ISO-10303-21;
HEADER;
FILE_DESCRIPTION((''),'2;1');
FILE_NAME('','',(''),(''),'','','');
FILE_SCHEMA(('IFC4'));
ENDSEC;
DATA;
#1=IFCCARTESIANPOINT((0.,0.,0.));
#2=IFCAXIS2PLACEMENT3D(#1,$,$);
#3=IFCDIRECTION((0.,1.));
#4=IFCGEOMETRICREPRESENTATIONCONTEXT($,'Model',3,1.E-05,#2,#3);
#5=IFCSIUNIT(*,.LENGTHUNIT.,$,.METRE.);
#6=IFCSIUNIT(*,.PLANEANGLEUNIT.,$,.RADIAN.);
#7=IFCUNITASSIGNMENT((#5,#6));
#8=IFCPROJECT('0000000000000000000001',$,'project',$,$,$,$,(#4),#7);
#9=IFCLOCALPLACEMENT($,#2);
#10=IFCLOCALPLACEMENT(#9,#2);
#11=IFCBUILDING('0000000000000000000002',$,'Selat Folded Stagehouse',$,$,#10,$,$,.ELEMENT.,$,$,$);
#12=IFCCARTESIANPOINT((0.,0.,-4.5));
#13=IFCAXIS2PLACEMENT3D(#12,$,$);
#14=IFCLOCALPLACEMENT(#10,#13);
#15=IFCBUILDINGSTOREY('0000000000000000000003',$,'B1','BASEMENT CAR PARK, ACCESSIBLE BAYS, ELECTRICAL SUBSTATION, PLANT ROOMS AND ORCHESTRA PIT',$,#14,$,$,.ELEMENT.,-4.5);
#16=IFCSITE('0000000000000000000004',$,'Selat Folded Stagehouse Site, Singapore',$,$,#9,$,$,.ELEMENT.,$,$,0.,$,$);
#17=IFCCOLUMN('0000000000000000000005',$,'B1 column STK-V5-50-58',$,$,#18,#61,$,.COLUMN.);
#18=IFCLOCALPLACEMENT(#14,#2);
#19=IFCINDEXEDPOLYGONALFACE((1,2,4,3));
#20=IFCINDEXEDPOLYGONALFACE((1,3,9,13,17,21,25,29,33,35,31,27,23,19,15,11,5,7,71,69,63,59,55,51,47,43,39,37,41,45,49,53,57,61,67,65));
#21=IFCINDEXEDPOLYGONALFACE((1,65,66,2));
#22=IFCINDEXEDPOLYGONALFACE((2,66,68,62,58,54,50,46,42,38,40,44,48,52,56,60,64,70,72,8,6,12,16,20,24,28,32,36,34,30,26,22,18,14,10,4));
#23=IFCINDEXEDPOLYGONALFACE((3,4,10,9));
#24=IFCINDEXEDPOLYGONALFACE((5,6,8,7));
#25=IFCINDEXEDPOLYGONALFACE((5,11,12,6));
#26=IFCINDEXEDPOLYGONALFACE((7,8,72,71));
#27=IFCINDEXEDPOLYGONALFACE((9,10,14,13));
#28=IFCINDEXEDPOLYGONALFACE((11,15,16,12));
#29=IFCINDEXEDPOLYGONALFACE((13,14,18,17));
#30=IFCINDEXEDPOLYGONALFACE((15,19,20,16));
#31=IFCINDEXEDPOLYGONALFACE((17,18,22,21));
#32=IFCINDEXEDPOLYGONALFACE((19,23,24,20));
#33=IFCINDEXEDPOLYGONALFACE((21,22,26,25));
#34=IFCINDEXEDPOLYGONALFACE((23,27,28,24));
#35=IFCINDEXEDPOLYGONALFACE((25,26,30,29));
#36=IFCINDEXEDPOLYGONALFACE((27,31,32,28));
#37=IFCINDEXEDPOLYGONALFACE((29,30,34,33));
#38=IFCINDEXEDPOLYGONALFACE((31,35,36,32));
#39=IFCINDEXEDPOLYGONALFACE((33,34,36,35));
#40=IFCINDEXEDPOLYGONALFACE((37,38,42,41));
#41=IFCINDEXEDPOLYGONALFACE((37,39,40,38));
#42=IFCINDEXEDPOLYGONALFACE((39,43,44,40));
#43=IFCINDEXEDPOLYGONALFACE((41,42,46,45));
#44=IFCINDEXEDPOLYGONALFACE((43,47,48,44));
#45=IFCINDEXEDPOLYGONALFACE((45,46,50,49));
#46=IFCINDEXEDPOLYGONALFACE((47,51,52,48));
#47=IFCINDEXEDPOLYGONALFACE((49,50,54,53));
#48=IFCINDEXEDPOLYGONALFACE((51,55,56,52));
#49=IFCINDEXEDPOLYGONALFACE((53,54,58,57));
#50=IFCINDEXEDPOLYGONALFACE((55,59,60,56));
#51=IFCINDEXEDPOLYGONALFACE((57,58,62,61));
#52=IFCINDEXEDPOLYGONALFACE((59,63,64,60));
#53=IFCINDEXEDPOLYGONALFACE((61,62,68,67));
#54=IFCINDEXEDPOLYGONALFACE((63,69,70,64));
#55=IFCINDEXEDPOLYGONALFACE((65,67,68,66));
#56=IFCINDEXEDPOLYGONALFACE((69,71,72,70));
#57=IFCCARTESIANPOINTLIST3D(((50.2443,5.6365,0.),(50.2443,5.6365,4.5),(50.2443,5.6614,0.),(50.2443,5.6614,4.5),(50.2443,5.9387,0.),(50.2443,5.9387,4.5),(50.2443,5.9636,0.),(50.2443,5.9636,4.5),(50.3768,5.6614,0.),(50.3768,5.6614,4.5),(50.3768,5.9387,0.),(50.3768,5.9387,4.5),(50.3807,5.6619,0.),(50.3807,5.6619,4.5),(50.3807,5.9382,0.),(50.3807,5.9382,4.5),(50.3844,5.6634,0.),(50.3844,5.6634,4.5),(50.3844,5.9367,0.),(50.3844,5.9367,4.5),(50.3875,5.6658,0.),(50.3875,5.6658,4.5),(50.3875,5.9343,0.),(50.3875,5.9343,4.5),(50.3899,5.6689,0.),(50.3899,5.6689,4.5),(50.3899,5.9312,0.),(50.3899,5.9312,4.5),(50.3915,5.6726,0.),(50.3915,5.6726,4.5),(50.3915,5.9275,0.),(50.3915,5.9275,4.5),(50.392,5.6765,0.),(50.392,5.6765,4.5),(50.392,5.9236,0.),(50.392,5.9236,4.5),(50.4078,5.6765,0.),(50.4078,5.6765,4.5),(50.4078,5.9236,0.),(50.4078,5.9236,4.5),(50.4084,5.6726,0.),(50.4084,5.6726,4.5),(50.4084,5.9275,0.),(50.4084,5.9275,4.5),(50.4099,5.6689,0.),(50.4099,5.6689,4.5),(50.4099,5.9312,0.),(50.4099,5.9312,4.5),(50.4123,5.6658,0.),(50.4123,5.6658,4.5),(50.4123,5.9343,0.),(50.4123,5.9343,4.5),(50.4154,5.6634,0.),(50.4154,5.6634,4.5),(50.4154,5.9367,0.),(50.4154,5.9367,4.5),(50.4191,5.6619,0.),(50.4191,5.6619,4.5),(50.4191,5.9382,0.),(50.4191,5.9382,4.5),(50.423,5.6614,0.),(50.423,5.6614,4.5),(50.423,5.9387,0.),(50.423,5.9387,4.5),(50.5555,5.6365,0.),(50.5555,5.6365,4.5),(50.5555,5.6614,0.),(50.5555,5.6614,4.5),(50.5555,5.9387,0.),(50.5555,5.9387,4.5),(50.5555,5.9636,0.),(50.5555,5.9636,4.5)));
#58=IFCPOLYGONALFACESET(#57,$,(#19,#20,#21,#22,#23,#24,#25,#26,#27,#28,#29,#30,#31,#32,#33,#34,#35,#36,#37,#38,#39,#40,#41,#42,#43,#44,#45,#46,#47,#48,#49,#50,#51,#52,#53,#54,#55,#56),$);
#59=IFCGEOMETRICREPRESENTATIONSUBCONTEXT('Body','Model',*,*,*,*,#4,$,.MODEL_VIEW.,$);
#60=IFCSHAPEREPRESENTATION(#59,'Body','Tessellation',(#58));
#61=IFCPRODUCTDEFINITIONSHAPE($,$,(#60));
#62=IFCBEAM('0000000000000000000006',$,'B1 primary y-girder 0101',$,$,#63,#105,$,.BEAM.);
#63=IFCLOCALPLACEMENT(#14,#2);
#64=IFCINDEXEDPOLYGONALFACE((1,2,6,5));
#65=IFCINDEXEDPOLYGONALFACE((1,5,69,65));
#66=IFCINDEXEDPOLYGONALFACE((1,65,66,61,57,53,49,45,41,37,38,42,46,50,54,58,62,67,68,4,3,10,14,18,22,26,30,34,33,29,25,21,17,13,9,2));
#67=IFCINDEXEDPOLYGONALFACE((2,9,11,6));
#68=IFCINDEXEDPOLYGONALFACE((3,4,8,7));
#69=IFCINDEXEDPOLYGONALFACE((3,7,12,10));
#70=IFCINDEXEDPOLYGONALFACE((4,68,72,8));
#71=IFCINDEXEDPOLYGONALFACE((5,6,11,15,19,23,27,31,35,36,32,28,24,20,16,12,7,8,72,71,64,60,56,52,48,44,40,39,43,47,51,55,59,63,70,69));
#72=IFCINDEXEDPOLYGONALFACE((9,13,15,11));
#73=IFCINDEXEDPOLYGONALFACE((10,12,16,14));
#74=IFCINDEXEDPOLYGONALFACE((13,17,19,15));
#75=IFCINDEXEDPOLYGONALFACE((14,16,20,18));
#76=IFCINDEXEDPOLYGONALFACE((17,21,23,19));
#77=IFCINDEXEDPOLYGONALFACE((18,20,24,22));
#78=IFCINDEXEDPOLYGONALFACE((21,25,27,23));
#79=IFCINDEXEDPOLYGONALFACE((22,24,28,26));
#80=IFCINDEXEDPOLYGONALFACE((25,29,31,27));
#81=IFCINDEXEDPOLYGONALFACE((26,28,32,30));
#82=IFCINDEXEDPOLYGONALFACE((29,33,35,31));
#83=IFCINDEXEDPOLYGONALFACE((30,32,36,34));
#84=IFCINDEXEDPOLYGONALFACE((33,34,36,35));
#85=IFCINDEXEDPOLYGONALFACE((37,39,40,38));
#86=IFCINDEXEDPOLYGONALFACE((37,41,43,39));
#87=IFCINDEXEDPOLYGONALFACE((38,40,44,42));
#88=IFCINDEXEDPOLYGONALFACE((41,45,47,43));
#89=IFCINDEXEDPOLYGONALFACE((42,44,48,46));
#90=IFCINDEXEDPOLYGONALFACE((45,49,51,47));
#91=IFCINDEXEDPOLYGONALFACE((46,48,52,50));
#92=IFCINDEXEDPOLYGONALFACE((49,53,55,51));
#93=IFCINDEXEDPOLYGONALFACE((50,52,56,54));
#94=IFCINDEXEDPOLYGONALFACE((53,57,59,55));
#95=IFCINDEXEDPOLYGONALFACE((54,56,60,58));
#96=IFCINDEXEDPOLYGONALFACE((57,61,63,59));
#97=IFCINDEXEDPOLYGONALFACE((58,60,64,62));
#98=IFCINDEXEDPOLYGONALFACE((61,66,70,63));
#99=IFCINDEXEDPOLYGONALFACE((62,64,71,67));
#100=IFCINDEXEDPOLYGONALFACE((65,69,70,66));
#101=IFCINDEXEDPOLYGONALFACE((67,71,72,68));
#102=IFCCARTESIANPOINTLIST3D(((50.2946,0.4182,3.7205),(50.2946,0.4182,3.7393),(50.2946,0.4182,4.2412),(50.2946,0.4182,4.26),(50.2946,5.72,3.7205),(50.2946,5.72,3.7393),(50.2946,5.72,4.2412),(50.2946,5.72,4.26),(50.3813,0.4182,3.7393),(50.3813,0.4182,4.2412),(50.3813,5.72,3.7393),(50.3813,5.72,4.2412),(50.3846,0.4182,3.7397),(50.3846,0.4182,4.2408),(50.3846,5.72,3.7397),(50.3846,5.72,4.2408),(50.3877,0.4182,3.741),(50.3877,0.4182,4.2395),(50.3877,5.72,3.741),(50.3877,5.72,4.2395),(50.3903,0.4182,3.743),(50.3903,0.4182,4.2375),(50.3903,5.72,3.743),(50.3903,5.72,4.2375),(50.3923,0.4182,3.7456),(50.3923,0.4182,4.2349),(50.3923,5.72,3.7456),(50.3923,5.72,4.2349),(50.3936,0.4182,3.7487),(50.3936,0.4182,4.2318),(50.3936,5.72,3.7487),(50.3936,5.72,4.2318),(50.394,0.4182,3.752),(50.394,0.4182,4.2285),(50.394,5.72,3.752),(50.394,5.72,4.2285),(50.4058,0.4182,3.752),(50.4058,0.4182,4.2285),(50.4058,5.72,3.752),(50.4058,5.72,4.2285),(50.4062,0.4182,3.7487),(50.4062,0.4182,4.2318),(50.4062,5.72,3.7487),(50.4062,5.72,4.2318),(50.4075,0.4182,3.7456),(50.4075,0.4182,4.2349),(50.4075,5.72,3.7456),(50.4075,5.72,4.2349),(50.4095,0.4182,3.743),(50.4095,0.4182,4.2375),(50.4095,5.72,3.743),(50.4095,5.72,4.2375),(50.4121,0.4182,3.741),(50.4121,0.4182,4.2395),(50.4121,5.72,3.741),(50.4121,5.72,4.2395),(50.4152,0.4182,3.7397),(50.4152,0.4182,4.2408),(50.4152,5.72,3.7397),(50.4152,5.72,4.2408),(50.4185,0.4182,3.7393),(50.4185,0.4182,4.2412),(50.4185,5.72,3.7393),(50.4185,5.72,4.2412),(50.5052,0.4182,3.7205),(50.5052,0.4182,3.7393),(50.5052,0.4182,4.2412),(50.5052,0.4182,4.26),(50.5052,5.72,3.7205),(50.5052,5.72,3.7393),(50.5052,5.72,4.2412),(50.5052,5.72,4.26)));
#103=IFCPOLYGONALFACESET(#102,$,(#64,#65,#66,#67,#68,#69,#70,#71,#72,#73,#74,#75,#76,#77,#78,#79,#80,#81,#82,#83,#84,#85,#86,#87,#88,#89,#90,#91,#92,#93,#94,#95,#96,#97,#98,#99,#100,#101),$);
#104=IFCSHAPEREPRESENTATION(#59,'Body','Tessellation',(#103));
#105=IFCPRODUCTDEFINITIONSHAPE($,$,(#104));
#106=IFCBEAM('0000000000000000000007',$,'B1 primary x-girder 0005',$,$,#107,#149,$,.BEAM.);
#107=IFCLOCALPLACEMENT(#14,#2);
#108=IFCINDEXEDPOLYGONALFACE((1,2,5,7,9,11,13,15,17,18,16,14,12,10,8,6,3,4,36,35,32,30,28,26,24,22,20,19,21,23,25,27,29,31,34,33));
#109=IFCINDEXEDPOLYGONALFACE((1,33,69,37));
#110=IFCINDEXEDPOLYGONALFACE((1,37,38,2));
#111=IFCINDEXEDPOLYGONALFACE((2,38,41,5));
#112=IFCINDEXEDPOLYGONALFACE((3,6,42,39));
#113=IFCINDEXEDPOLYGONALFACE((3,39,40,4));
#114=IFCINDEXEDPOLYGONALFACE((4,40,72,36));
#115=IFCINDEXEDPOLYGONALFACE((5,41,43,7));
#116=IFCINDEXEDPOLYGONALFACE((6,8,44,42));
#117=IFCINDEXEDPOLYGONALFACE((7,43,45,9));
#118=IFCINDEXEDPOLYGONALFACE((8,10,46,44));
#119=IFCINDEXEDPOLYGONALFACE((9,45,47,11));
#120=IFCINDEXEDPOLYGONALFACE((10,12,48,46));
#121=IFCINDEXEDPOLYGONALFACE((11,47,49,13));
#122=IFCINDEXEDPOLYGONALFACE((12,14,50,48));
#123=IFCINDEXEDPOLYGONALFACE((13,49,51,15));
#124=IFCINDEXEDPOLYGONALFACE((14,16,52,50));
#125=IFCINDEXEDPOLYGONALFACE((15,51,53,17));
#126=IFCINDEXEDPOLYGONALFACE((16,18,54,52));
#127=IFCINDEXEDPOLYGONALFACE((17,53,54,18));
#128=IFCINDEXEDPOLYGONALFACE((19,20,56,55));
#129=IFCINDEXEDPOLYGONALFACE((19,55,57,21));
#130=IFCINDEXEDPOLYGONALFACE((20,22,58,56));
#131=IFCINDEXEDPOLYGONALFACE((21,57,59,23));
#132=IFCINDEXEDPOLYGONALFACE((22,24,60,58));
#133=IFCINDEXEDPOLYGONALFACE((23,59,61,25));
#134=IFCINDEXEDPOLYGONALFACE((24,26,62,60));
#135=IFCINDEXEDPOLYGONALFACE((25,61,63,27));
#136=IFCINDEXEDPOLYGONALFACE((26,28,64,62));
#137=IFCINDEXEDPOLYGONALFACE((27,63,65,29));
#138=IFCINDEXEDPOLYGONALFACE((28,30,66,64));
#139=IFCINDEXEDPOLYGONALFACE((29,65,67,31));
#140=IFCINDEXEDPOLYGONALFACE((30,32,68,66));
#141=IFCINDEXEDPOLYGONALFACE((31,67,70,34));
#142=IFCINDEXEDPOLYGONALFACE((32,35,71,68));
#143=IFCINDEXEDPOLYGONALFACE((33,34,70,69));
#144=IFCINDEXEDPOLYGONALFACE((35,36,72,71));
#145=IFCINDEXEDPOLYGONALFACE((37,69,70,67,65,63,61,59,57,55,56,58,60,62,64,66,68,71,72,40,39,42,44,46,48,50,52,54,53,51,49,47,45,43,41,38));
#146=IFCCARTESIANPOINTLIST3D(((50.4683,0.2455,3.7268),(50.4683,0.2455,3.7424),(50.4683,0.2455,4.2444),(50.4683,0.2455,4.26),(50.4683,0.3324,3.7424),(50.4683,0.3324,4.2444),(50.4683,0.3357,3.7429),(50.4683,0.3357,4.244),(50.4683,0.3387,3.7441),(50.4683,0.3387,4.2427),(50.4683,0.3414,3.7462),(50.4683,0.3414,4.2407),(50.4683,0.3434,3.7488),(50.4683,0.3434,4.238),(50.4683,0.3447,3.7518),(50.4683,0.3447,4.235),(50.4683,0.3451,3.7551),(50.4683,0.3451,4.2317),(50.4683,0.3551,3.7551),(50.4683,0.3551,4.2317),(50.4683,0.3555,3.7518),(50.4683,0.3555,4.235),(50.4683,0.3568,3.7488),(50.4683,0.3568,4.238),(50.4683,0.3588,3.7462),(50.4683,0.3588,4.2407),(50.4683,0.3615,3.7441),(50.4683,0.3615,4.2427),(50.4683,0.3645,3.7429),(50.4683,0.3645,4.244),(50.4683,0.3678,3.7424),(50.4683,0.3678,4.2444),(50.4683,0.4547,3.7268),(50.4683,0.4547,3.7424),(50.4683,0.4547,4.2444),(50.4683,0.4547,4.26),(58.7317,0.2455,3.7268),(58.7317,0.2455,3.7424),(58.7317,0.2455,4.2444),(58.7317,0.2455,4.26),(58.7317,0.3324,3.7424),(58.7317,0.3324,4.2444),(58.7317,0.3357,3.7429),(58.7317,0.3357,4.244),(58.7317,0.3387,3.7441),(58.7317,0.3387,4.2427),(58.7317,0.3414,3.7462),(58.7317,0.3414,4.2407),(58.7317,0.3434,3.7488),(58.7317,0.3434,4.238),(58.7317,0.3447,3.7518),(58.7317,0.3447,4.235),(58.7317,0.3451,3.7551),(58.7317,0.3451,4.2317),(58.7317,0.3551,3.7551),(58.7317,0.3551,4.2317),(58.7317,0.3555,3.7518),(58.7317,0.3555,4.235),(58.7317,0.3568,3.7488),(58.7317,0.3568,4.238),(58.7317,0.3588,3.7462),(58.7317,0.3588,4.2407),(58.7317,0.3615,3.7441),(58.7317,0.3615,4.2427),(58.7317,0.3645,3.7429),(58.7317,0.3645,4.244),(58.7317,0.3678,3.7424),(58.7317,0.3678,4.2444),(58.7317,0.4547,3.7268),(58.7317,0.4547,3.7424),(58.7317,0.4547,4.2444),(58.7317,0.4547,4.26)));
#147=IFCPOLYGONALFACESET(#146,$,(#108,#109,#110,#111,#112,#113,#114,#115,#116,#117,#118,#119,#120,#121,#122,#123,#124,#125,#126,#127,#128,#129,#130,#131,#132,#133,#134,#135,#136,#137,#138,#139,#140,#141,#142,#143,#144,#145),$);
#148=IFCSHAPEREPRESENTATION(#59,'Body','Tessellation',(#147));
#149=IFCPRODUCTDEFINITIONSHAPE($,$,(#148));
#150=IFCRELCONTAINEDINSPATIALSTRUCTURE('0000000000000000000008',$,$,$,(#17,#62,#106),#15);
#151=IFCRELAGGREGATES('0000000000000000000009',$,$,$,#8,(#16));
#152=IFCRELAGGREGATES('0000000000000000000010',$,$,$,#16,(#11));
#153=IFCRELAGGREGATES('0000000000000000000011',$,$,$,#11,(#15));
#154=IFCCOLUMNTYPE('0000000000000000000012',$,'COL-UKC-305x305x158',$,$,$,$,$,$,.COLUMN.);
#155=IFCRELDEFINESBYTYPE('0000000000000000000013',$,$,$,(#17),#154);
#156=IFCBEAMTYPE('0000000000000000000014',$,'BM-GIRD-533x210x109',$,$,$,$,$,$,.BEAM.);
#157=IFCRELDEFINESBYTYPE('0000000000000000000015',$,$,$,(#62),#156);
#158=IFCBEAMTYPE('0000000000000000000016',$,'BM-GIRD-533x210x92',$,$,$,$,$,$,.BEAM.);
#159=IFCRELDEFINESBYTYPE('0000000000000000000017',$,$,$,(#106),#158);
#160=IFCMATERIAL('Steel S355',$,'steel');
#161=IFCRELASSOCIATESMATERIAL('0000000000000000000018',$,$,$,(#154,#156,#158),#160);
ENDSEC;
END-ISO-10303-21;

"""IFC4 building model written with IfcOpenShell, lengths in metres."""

from ifc_helpers import new_model, si_unit, direction, frame, origin, origin_2d, place, context, subcontext, project, spatial, i_section, extrude, material, material_profile, profile_set, type_object, element, save


model = new_model("IFC4")

# Units and contexts
model_context = context("Model", 3, precision=1e-05, world=origin(), true_north=direction((0.0, 1.0)))
body_context = subcontext(model_context, "Body", "Model", "MODEL_VIEW")
ifc_project = project(units=[si_unit("LENGTHUNIT", "METRE"), si_unit("PLANEANGLEUNIT", "RADIAN")], contexts=[model_context])

# Site, building, storey
site_placement = place(None, origin())
site = spatial("IfcSite", under=ifc_project, at=site_placement, Name="Selat Folded Stagehouse Site, Singapore", CompositionType="ELEMENT", RefElevation=0.0)
building_placement = place(site_placement, origin())
building = spatial("IfcBuilding", under=site, at=building_placement, Name="Selat Folded Stagehouse", CompositionType="ELEMENT")
storey_placement = place(building_placement, frame((0.0, 0.0, -4.5)))
storey = spatial("IfcBuildingStorey", under=building, at=storey_placement, Name="B1", Description="BASEMENT CAR PARK, ACCESSIBLE BAYS, ELECTRICAL SUBSTATION, PLANT ROOMS AND ORCHESTRA PIT", CompositionType="ELEMENT", Elevation=-4.5)

# Column
ifc_material_1 = material(Name="Steel S355", Category="steel")
ifc_material_profile_1 = material_profile(ifc_material_1, i_section(OverallWidth=0.3113, OverallDepth=0.3271, WebThickness=0.0159, FlangeThickness=0.0249, FilletRadius=0.0151, at=origin_2d()), Name="UKC 305x305x158")
ifc_profile_set_1 = profile_set([ifc_material_profile_1], Name="Steel S355")
column_type_1 = type_object("IfcColumnType", Name="COL-UKC-305x305x158", PredefinedType="COLUMN", material=ifc_profile_set_1)
column_1_placement = place(storey_placement, frame((50.3999, 5.8, 0.0), z_axis=(0.0, 0.0, 1.0), x_axis=(1.0, 0.0, 0.0)))
element("IfcColumn", 1, at=column_1_placement, inside=storey, type_object=column_type_1, Name="B1 column STK-V5-50-58", PredefinedType="COLUMN", context=body_context, shape_type="SweptSolid", body=[
    extrude(i_section(OverallWidth=0.3113, OverallDepth=0.3271, WebThickness=0.0159, FlangeThickness=0.0249, FilletRadius=0.0151, at=origin_2d()), origin(), (0.0, 0.0, 1.0), 4.5),
])

# Beams
ifc_material_profile_2 = material_profile(ifc_material_1, i_section(OverallWidth=0.2107, OverallDepth=0.5396, WebThickness=0.0117, FlangeThickness=0.0188, FilletRadius=0.0127, at=origin_2d()), Name="UKB 533x210x109")
ifc_profile_set_2 = profile_set([ifc_material_profile_2], Name="Steel S355")
beam_type_1 = type_object("IfcBeamType", Name="BM-GIRD-533x210x109", PredefinedType="BEAM", material=ifc_profile_set_2)
beam_1_placement = place(storey_placement, frame((50.3999, 0.4182, 3.9902), z_axis=(0.0, 1.0, 0.0), x_axis=(-1.0, 0.0, 0.0)))
element("IfcBeam", 2, at=beam_1_placement, inside=storey, type_object=beam_type_1, Name="B1 primary y-girder 0101", PredefinedType="BEAM", context=body_context, shape_type="SweptSolid", body=[
    extrude(i_section(OverallWidth=0.2107, OverallDepth=0.5396, WebThickness=0.0117, FlangeThickness=0.0188, FilletRadius=0.0127, at=origin_2d()), origin(), (0.0, 0.0, 1.0), 5.3018),
])
ifc_material_profile_3 = material_profile(ifc_material_1, i_section(OverallWidth=0.2092, OverallDepth=0.5332, WebThickness=0.01, FlangeThickness=0.0156, FilletRadius=0.0127, at=origin_2d()), Name="UKB 533x210x92")
ifc_profile_set_3 = profile_set([ifc_material_profile_3], Name="Steel S355")
beam_type_2 = type_object("IfcBeamType", Name="BM-GIRD-533x210x92", PredefinedType="BEAM", material=ifc_profile_set_3)
beam_2_placement = place(storey_placement, frame((50.4683, 0.3501, 3.9934), z_axis=(1.0, 0.0, 0.0), x_axis=(0.0, 1.0, 0.0)))
element("IfcBeam", 3, at=beam_2_placement, inside=storey, type_object=beam_type_2, Name="B1 primary x-girder 0005", PredefinedType="BEAM", context=body_context, shape_type="SweptSolid", body=[
    extrude(i_section(OverallWidth=0.2092, OverallDepth=0.5332, WebThickness=0.01, FlangeThickness=0.0156, FilletRadius=0.0127, at=origin_2d()), origin(), (0.0, 0.0, 1.0), 8.2634),
])

save(model, "model.ifc")
